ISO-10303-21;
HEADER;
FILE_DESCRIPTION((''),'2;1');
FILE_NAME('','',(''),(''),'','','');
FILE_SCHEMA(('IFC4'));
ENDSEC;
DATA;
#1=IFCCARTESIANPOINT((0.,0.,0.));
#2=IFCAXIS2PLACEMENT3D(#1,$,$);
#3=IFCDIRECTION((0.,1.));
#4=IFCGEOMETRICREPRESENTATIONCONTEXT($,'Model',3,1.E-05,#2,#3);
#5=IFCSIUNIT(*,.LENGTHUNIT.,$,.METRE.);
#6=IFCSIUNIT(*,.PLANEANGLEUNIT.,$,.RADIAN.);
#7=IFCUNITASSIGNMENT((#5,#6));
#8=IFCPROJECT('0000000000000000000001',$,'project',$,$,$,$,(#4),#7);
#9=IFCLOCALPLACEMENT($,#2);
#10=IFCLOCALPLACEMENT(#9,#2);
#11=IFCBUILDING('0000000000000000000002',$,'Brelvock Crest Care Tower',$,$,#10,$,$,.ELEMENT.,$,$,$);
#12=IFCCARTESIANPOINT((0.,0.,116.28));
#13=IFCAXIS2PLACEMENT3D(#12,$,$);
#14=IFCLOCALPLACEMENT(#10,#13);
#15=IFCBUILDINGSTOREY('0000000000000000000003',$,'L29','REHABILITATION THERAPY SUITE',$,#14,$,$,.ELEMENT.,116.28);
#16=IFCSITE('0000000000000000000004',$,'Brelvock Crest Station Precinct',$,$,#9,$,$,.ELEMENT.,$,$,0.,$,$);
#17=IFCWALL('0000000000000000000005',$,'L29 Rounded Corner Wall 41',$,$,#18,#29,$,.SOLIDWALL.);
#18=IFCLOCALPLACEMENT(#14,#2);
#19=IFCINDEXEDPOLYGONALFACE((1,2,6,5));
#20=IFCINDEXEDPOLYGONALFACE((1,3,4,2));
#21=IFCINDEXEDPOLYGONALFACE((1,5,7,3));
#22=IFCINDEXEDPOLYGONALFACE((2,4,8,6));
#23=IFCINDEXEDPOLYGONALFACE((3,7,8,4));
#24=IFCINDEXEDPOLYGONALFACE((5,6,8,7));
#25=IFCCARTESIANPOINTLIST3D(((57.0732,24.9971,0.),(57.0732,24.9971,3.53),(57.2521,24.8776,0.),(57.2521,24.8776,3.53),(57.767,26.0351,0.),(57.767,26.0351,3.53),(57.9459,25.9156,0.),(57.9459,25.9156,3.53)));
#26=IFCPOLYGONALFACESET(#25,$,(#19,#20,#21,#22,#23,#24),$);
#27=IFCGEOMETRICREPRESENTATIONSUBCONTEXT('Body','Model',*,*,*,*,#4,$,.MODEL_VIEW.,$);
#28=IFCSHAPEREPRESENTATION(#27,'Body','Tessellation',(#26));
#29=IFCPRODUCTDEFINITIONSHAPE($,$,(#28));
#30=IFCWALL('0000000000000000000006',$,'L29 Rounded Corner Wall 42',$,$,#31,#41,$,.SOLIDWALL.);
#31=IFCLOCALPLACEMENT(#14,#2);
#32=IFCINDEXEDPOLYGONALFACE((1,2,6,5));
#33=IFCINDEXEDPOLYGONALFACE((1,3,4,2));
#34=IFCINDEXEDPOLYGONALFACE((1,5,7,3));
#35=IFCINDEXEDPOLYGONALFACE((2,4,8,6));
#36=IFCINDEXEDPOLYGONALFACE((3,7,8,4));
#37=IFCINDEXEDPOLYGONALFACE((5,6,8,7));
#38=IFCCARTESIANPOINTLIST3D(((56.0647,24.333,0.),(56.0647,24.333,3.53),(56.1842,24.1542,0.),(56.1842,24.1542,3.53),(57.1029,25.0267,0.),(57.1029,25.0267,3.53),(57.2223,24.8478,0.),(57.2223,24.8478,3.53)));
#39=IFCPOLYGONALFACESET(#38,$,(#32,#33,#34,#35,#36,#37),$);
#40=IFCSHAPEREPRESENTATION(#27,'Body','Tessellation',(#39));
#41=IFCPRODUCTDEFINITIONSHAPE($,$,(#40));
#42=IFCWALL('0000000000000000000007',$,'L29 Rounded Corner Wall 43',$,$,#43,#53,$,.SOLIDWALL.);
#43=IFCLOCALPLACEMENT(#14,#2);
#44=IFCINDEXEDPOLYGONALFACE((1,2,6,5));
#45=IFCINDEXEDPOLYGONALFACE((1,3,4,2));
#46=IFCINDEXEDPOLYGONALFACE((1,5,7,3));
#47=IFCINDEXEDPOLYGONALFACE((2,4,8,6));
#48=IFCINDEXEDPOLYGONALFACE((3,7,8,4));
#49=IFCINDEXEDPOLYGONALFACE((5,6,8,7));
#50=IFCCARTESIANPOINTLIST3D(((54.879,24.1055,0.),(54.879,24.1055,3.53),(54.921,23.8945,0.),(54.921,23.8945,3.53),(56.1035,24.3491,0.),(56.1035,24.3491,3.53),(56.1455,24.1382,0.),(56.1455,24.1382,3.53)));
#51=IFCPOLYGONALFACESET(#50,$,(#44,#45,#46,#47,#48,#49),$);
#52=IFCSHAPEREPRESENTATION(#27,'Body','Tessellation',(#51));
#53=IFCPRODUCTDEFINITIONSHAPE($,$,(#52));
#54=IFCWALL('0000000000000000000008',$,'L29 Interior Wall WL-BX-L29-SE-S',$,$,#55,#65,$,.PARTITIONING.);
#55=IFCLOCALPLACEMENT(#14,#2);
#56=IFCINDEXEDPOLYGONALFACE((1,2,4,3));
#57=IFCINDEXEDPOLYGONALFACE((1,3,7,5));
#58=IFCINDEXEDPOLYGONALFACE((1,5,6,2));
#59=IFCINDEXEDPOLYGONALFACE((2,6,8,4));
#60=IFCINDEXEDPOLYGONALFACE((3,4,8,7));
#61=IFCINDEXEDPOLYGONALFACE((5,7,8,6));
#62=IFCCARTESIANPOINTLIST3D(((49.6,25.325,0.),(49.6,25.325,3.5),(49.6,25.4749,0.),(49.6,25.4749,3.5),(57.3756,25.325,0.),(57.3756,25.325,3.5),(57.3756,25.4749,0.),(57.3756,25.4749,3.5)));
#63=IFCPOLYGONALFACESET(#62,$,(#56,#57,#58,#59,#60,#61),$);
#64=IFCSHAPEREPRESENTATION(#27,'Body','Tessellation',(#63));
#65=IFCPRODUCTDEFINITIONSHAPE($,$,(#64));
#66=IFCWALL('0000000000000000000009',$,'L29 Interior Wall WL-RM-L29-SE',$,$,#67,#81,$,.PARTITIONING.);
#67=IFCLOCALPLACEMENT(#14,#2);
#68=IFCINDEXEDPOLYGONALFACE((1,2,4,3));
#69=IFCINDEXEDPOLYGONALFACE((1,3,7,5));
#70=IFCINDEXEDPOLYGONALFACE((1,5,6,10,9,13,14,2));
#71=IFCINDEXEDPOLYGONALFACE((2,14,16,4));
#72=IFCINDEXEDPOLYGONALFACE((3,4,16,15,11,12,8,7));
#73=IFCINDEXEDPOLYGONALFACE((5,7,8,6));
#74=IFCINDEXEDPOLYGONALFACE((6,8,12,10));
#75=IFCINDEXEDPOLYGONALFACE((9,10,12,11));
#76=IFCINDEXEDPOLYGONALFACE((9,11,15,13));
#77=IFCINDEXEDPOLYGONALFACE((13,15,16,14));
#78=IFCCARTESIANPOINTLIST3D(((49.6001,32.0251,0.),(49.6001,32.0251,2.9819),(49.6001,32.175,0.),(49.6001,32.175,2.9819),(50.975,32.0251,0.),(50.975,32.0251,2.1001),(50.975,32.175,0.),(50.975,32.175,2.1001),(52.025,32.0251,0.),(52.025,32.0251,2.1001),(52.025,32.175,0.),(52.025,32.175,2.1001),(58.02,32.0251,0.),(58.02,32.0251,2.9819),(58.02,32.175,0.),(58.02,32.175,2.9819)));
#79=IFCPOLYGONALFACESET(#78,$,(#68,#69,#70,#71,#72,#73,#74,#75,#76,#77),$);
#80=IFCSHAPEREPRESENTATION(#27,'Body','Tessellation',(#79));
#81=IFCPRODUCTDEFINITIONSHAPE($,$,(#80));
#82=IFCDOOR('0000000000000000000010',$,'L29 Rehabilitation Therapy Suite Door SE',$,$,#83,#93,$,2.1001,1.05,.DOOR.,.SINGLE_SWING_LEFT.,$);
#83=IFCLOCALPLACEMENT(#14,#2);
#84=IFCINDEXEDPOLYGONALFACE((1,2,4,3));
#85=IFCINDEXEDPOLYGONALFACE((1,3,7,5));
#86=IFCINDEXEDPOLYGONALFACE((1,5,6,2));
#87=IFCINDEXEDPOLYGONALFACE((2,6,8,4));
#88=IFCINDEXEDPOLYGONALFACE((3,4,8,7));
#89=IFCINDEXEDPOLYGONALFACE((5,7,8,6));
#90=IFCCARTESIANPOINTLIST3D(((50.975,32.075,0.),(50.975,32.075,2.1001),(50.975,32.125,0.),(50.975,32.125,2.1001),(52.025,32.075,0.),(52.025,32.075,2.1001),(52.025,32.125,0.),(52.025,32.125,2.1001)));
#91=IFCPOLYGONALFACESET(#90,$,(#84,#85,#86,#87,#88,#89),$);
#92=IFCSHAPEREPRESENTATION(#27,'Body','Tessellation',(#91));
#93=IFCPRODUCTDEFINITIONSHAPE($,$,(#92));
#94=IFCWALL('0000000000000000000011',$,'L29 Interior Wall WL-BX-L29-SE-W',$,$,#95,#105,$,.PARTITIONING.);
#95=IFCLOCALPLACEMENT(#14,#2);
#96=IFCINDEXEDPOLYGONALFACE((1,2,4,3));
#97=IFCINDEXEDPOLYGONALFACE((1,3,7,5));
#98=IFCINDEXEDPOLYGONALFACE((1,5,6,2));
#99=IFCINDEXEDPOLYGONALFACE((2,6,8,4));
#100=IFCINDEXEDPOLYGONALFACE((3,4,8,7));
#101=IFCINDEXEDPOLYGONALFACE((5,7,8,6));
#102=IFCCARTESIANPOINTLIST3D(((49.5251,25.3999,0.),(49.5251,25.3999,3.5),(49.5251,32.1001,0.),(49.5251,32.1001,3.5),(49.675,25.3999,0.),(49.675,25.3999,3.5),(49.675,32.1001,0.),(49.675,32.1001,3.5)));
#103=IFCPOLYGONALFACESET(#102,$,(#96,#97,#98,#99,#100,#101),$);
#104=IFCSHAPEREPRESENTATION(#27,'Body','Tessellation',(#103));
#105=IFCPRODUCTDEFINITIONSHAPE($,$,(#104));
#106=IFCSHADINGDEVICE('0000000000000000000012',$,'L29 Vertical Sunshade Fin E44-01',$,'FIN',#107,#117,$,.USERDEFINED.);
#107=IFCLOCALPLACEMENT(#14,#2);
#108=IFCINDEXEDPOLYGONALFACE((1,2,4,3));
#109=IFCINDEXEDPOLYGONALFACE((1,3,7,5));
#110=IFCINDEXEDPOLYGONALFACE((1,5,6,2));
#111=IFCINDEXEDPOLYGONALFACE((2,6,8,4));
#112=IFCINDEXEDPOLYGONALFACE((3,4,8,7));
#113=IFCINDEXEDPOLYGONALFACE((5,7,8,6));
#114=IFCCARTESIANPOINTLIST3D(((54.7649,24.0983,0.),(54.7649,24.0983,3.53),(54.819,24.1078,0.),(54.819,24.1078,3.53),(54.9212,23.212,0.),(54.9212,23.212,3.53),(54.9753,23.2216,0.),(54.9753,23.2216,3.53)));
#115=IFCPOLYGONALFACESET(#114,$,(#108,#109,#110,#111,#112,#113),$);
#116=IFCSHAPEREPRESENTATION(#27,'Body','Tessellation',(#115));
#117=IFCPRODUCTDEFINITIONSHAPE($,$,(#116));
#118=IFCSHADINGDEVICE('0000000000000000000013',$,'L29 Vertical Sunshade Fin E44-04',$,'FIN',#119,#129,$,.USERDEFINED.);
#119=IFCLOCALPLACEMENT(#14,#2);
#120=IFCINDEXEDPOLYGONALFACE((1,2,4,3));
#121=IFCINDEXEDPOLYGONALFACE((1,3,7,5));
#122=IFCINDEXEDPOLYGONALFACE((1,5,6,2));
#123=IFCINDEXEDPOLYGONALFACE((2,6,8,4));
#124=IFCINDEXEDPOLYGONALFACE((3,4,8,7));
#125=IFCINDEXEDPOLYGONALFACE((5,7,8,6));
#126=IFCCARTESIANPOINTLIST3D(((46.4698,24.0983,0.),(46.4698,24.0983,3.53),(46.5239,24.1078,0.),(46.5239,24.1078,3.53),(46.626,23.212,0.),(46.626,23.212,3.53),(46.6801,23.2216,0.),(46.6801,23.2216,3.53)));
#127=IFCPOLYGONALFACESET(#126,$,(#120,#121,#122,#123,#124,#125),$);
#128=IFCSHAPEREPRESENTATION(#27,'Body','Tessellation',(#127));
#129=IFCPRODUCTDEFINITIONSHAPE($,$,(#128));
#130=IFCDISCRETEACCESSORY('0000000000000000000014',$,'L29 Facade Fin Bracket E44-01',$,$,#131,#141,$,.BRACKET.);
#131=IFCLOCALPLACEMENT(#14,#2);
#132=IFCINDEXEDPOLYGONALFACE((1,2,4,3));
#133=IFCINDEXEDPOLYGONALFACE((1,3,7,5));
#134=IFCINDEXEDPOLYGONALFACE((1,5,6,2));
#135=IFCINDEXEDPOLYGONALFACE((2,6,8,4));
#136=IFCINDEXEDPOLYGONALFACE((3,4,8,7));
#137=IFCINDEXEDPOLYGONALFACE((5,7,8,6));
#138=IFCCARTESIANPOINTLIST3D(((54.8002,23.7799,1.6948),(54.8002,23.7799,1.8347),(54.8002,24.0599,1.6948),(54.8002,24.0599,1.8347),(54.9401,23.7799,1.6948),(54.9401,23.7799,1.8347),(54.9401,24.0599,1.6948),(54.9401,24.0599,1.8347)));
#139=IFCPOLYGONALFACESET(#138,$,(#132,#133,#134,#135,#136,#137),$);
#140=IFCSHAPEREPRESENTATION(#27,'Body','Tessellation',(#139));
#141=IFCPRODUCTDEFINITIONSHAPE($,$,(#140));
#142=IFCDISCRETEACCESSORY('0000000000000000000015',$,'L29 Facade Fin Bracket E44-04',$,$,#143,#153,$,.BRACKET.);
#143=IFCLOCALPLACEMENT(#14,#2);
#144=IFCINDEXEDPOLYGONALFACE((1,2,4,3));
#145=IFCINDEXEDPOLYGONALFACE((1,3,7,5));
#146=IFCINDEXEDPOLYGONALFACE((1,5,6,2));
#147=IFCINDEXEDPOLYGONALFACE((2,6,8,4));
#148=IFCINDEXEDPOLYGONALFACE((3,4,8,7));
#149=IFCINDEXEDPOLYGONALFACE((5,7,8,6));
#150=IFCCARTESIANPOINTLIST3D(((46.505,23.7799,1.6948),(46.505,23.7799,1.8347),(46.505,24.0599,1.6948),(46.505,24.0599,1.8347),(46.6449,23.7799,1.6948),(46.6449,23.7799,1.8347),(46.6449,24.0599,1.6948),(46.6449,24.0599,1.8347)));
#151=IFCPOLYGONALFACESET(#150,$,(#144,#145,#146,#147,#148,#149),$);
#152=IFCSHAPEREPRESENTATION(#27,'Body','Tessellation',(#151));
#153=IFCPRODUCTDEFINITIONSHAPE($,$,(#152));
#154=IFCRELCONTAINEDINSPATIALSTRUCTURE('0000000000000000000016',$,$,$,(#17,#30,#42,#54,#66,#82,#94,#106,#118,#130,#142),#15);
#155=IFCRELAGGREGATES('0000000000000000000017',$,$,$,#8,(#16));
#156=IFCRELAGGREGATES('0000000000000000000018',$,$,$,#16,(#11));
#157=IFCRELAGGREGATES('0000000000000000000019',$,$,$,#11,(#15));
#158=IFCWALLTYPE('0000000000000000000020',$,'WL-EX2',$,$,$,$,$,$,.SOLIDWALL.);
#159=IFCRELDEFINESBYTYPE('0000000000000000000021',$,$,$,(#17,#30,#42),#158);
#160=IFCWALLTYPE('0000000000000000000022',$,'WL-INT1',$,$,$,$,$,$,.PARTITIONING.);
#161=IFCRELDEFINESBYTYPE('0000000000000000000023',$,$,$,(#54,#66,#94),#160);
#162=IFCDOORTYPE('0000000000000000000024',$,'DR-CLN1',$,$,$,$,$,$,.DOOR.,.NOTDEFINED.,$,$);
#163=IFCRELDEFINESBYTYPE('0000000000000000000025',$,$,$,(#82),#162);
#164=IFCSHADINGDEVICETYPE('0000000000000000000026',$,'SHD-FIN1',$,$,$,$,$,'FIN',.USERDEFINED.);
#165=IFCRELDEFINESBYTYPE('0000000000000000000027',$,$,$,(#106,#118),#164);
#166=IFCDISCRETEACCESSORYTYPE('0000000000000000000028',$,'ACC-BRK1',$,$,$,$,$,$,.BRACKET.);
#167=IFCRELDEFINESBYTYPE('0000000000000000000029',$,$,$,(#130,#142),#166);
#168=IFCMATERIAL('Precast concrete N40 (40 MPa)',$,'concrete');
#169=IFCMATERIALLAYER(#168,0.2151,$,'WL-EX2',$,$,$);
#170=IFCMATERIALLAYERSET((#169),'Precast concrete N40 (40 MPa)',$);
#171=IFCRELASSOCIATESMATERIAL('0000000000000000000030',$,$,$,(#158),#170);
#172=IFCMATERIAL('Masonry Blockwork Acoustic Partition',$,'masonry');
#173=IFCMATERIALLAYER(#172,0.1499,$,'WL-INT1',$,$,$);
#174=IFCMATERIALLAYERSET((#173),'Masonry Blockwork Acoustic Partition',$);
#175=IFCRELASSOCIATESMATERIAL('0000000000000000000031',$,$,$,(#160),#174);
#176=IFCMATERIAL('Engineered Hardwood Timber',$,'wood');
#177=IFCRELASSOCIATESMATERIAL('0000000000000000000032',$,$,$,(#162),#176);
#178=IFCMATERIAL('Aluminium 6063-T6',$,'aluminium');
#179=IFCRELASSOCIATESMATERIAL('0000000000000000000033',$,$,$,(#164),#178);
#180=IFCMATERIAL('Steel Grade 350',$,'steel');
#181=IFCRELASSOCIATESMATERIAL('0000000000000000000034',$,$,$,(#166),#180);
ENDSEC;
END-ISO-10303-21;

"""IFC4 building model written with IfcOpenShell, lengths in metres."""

from ifc_helpers import new_model, si_unit, direction, frame, frame_2d, origin, origin_2d, place, context, subcontext, project, spatial, rectangle, extrude, source, transform, mapped, material, layer, layer_set, material_profile, profile_set, type_object, element, fill, save


model = new_model("IFC4")

# Units and contexts
model_context = context("Model", 3, precision=1e-05, world=origin(), true_north=direction((0.0, 1.0)))
body_context = subcontext(model_context, "Body", "Model", "MODEL_VIEW")
ifc_project = project(units=[si_unit("LENGTHUNIT", "METRE"), si_unit("PLANEANGLEUNIT", "RADIAN")], contexts=[model_context])

# Site, building, storey
site_placement = place(None, origin())
site = spatial("IfcSite", under=ifc_project, at=site_placement, Name="Brelvock Crest Station Precinct", CompositionType="ELEMENT", RefElevation=0.0)
building_placement = place(site_placement, origin())
building = spatial("IfcBuilding", under=site, at=building_placement, Name="Brelvock Crest Care Tower", CompositionType="ELEMENT")
storey_placement = place(building_placement, frame((0.0, 0.0, 116.28)))
storey = spatial("IfcBuildingStorey", under=building, at=storey_placement, Name="L29", Description="REHABILITATION THERAPY SUITE", CompositionType="ELEMENT", Elevation=116.28)

# Shared definitions
ifc_material_1 = material(Name="Steel Grade 350", Category="steel")

# Shared definitions
ifc_material_2 = material(Name="Aluminium 6063-T6", Category="aluminium")

# Walls
ifc_material_3 = material(Name="Precast concrete N40 (40 MPa)", Category="concrete")
ifc_layer_1 = layer(ifc_material_3, 0.2151, Name="WL-EX2")
ifc_layer_set_1 = layer_set([ifc_layer_1], Name="Precast concrete N40 (40 MPa)")
wall_type_1 = type_object("IfcWallType", Name="WL-EX2", PredefinedType="SOLIDWALL", material=ifc_layer_set_1)
for number, where, z_axis, x_axis, name in (
    (1, (57.8564, 25.9753, 0.0), (0.0, 0.0, 1.0), (-0.555692, -0.831388, 0.0), "L29 Rounded Corner Wall 41"),
    (2, (57.1626, 24.9373, 0.0), (0.0, 0.0, 1.0), (-0.831478, -0.555557, 0.0), "L29 Rounded Corner Wall 42"),
    (3, (56.1245, 24.2437, 0.0), (0.0, 0.0, 1.0), (-0.980776, -0.195138, 0.0), "L29 Rounded Corner Wall 43"),
):
    element("IfcWall", number, at=place(storey_placement, frame(where, z_axis=z_axis, x_axis=x_axis)), inside=storey, type_object=wall_type_1, Name=name, PredefinedType="SOLIDWALL", context=body_context, shape_type="SweptSolid", body=[
        extrude(rectangle(XDim=1.2485, YDim=0.2151, at=frame_2d((0.6243, 0.0))), origin(), (0.0, 0.0, 1.0), 3.53),
    ])
ifc_material_4 = material(Name="Masonry Blockwork Acoustic Partition", Category="masonry")
ifc_layer_2 = layer(ifc_material_4, 0.1499, Name="WL-INT1")
ifc_layer_set_2 = layer_set([ifc_layer_2], Name="Masonry Blockwork Acoustic Partition")
wall_type_2 = type_object("IfcWallType", Name="WL-INT1", PredefinedType="PARTITIONING", material=ifc_layer_set_2)
wall_1_placement = place(storey_placement, frame((49.6001, 25.3999, 0.0), z_axis=(0.0, 0.0, 1.0), x_axis=(1.0, 0.0, 0.0)))
element("IfcWall", 4, at=wall_1_placement, inside=storey, type_object=wall_type_2, Name="L29 Interior Wall WL-BX-L29-SE-S", PredefinedType="PARTITIONING", context=body_context, shape_type="SweptSolid", body=[
    extrude(rectangle(XDim=7.7756, YDim=0.1499, at=frame_2d((3.8877, 0.0))), origin(), (0.0, 0.0, 1.0), 3.5),
])

# Wall, opening, door
wall_2_placement = place(storey_placement, frame((49.6001, 32.1001, 0.0), z_axis=(0.0, 0.0, 1.0), x_axis=(1.0, 0.0, 0.0)))
wall_2 = element("IfcWall", 5, at=wall_2_placement, inside=storey, type_object=wall_type_2, Name="L29 Interior Wall WL-RM-L29-SE", PredefinedType="PARTITIONING", context=body_context, shape_type="SweptSolid", body=[
    extrude(rectangle(XDim=8.4199, YDim=0.1499, at=frame_2d((4.21, 0.0))), origin(), (0.0, 0.0, 1.0), 2.9819),
])
opening_placement = place(wall_2_placement, frame((1.375, 0.0, 0.0)))
opening = element("IfcOpeningElement", 6, at=opening_placement, cuts=wall_2, PredefinedType="OPENING", context=body_context, shape_type="SweptSolid", body=[
    extrude(rectangle(XDim=1.05, YDim=2.1001, at=origin_2d()), frame((0.5249, 0.085, 1.05), z_axis=(0.0, -1.0, 0.0), x_axis=(1.0, 0.0, 0.0)), (0.0, 0.0, 1.0), 0.1699),
])
ifc_material_5 = material(Name="Engineered Hardwood Timber", Category="wood")
door_type = type_object("IfcDoorType", Name="DR-CLN1", OperationType="NOTDEFINED", PredefinedType="DOOR", material=ifc_material_5)
shared_shape_1 = source(origin(), body_context, "Body", "SweptSolid", [
    extrude(rectangle(XDim=1.05, YDim=2.1001, at=origin_2d()), frame((0.5249, 0.0249, 1.05), z_axis=(0.0, -1.0, 0.0), x_axis=(1.0, 0.0, 0.0)), (0.0, 0.0, 1.0), 0.05),
])
door_placement = place(opening_placement, origin())
door = element("IfcDoor", 7, at=door_placement, inside=storey, type_object=door_type, Name="L29 Rehabilitation Therapy Suite Door SE", OperationType="SINGLE_SWING_LEFT", OverallHeight=2.1001, OverallWidth=1.05, PredefinedType="DOOR", context=body_context, shape_type="MappedRepresentation", body=[
    mapped(shared_shape_1, transform((0.0, 0.0, 0.0), x_axis=(1.0, 0.0, 0.0), y_axis=(0.0, 1.0, 0.0), z_axis=(0.0, 0.0, 1.0), scale=1.0)),
])
fill(opening, door)

# Wall
wall_3_placement = place(storey_placement, frame((49.6001, 25.3999, 0.0), z_axis=(0.0, 0.0, 1.0), x_axis=(0.0, 1.0, 0.0)))
element("IfcWall", 8, at=wall_3_placement, inside=storey, type_object=wall_type_2, Name="L29 Interior Wall WL-BX-L29-SE-W", PredefinedType="PARTITIONING", context=body_context, shape_type="SweptSolid", body=[
    extrude(rectangle(XDim=6.7002, YDim=0.1499, at=frame_2d((3.3501, 0.0))), origin(), (0.0, 0.0, 1.0), 3.5),
])

# Shading devices
ifc_material_profile_1 = material_profile(ifc_material_2, rectangle(XDim=0.0549, YDim=0.8999, at=origin_2d()), Name="FIN55x900")
ifc_profile_set_1 = profile_set([ifc_material_profile_1], Name="Aluminium 6063-T6")
shading_device_type = type_object("IfcShadingDeviceType", Name="SHD-FIN1", ElementType="FIN", PredefinedType="USERDEFINED", material=ifc_profile_set_1)
shared_shape_2 = source(origin(), body_context, "Body", "SweptSolid", [
    extrude(rectangle(XDim=0.0549, YDim=0.8999, at=origin_2d()), origin(), (0.0, 0.0, 1.0), 3.53),
])
for number, where, z_axis, x_axis, name in (
    (9, (54.8701, 23.6599, 0.0), (0.0, 0.0, 1.0), (-0.984808, -0.173648, 0.0), "L29 Vertical Sunshade Fin E44-01"),
    (10, (46.575, 23.6599, 0.0), (0.0, 0.0, 1.0), (-0.984808, -0.173648, 0.0), "L29 Vertical Sunshade Fin E44-04"),
):
    element("IfcShadingDevice", number, at=place(storey_placement, frame(where, z_axis=z_axis, x_axis=x_axis)), inside=storey, type_object=shading_device_type, Name=name, ObjectType="FIN", PredefinedType="USERDEFINED", context=body_context, shape_type="MappedRepresentation", body=[
        mapped(shared_shape_2, transform((0.0, 0.0, 0.0), x_axis=(1.0, 0.0, 0.0), y_axis=(0.0, 1.0, 0.0), z_axis=(0.0, 0.0, 1.0), scale=1.0)),
    ])

# Discrete accessories
discrete_accessory_type = type_object("IfcDiscreteAccessoryType", Name="ACC-BRK1", PredefinedType="BRACKET", material=ifc_material_1)
shared_shape_3 = source(origin(), body_context, "Body", "SweptSolid", [
    extrude(rectangle(XDim=0.28, YDim=0.1399, at=origin_2d()), origin(), (0.0, 0.0, 1.0), 0.1399),
])
for number, where, z_axis, x_axis, name in (
    (11, (54.8701, 23.9199, 1.6948), (0.0, 0.0, 1.0), (0.0, -1.0, 0.0), "L29 Facade Fin Bracket E44-01"),
    (12, (46.575, 23.9199, 1.6948), (0.0, 0.0, 1.0), (0.0, -1.0, 0.0), "L29 Facade Fin Bracket E44-04"),
):
    element("IfcDiscreteAccessory", number, at=place(storey_placement, frame(where, z_axis=z_axis, x_axis=x_axis)), inside=storey, type_object=discrete_accessory_type, Name=name, PredefinedType="BRACKET", context=body_context, shape_type="MappedRepresentation", body=[
        mapped(shared_shape_3, transform((0.0, 0.0, 0.0), x_axis=(1.0, 0.0, 0.0), y_axis=(0.0, 1.0, 0.0), z_axis=(0.0, 0.0, 1.0), scale=1.0)),
    ])

save(model, "model.ifc")
